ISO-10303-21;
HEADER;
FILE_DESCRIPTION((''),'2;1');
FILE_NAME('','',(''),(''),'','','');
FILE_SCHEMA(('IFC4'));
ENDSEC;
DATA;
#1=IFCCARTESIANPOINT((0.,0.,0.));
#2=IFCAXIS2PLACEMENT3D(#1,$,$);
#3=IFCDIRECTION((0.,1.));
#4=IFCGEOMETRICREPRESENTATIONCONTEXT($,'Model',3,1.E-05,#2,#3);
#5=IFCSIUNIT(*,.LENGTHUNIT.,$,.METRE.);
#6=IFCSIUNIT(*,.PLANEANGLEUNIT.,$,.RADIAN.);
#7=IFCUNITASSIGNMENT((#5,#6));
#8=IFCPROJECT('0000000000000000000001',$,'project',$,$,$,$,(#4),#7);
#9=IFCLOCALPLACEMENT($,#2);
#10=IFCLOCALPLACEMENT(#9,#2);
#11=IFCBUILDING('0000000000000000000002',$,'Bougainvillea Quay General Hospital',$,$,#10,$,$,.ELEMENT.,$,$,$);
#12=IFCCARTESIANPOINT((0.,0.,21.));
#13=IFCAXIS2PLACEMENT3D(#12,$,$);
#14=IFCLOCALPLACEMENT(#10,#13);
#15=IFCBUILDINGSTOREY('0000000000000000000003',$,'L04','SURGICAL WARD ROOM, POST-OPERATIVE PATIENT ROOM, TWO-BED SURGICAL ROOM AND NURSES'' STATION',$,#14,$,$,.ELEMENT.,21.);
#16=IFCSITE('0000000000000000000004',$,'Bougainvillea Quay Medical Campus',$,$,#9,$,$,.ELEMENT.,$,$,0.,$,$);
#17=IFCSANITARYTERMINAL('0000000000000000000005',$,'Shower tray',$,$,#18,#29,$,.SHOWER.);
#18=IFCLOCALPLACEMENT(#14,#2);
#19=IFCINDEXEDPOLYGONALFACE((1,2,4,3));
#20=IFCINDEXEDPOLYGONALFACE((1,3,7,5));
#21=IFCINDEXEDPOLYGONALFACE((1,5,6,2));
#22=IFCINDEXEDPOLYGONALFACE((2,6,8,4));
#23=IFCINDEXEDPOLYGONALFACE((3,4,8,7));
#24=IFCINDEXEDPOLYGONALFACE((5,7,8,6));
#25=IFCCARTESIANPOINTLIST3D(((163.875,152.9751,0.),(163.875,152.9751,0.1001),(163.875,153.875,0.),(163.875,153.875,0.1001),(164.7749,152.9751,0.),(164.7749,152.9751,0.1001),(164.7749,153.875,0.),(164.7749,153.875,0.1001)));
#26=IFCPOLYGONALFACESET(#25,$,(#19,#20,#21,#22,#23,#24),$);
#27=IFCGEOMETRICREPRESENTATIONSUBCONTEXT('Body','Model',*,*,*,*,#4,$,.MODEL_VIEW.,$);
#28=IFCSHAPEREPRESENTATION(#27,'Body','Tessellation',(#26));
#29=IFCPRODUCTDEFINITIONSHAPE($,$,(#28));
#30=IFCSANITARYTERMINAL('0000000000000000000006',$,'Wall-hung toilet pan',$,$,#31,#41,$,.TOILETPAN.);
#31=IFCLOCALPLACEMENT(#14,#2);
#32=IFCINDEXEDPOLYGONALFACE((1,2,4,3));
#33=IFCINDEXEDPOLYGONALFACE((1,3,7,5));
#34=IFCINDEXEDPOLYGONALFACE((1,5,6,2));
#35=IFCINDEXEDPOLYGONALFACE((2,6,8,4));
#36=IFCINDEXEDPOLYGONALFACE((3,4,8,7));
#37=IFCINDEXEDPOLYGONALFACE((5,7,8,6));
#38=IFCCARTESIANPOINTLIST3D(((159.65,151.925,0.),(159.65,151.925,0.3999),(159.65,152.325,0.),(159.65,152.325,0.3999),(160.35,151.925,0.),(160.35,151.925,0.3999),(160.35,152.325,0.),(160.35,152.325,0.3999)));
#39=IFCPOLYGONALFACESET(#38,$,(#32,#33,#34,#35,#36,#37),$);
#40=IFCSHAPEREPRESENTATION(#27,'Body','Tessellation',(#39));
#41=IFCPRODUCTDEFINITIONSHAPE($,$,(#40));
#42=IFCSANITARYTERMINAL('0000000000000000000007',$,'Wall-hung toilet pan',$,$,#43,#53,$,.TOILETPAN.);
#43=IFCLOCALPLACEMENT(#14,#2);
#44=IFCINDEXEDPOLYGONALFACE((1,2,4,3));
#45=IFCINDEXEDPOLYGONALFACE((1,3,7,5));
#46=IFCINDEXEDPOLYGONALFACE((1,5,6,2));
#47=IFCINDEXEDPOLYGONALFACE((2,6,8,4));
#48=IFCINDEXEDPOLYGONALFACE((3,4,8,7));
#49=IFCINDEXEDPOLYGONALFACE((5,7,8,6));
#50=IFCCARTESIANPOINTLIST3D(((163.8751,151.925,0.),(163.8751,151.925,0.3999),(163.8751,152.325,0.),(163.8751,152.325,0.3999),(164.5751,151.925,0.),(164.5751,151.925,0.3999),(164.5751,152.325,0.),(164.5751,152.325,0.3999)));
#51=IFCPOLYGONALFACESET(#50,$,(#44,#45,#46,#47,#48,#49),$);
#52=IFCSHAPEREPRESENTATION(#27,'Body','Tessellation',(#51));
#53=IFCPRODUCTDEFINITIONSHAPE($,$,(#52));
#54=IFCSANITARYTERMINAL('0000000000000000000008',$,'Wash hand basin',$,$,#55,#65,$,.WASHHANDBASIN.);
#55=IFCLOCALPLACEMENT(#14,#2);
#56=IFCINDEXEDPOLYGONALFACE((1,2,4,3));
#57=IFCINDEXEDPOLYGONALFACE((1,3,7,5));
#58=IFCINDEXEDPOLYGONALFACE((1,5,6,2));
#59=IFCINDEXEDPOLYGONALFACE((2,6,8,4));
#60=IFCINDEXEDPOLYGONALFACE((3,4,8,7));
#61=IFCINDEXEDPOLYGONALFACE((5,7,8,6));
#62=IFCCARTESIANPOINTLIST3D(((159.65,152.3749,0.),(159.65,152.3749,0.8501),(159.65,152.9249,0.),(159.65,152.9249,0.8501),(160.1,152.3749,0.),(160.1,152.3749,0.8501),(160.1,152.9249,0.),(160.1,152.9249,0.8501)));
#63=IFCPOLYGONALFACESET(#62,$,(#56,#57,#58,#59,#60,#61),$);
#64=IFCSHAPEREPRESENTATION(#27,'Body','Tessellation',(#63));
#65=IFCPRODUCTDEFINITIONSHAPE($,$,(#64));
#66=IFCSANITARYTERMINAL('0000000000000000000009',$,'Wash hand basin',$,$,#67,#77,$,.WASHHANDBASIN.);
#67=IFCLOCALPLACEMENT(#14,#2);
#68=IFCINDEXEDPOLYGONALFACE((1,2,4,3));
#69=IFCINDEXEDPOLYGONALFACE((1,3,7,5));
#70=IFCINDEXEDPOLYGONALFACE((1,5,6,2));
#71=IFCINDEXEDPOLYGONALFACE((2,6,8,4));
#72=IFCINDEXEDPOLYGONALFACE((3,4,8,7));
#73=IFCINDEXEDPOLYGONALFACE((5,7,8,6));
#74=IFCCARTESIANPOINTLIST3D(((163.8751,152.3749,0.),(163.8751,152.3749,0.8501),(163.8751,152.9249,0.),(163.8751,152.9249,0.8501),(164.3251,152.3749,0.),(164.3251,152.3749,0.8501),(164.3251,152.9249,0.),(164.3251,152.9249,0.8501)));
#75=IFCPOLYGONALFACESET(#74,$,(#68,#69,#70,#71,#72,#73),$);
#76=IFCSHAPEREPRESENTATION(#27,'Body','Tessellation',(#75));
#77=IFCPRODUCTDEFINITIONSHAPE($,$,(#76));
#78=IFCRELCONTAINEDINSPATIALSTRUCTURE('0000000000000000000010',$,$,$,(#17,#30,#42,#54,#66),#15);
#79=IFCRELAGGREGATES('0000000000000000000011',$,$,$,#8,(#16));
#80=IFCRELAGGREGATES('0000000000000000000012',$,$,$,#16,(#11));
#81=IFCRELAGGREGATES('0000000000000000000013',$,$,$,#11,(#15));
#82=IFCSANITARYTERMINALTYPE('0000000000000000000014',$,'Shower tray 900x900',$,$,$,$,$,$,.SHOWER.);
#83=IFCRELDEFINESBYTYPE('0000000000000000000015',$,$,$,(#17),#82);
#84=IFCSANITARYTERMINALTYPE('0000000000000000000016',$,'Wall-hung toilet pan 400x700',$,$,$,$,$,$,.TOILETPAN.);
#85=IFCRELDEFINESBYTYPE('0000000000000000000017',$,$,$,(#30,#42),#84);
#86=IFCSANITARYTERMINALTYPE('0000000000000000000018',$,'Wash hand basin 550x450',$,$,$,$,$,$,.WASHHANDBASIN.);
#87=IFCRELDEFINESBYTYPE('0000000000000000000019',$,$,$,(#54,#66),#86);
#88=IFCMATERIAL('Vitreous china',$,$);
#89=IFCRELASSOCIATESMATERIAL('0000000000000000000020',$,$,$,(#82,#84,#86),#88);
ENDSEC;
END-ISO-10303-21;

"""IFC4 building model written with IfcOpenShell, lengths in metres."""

from ifc_helpers import new_model, si_unit, direction, frame, origin, origin_2d, place, context, subcontext, project, spatial, rectangle, extrude, material, type_object, element, save


model = new_model("IFC4")

# Units and contexts
model_context = context("Model", 3, precision=1e-05, world=origin(), true_north=direction((0.0, 1.0)))
body_context = subcontext(model_context, "Body", "Model", "MODEL_VIEW")
ifc_project = project(units=[si_unit("LENGTHUNIT", "METRE"), si_unit("PLANEANGLEUNIT", "RADIAN")], contexts=[model_context])

# Site, building, storey
site_placement = place(None, origin())
site = spatial("IfcSite", under=ifc_project, at=site_placement, Name="Bougainvillea Quay Medical Campus", CompositionType="ELEMENT", RefElevation=0.0)
building_placement = place(site_placement, origin())
building = spatial("IfcBuilding", under=site, at=building_placement, Name="Bougainvillea Quay General Hospital", CompositionType="ELEMENT")
storey_placement = place(building_placement, frame((0.0, 0.0, 21.0)))
storey = spatial("IfcBuildingStorey", under=building, at=storey_placement, Name="L04", Description="SURGICAL WARD ROOM, POST-OPERATIVE PATIENT ROOM, TWO-BED SURGICAL ROOM AND NURSES' STATION", CompositionType="ELEMENT", Elevation=21.0)

# Sanitary terminals
ifc_material_1 = material(Name="Vitreous china")
sanitary_terminal_type_1 = type_object("IfcSanitaryTerminalType", Name="Shower tray 900x900", PredefinedType="SHOWER", material=ifc_material_1)
for number, where, z_axis, x_axis, name in (
    (1, (164.325, 153.425, 0.0), (0.0, 0.0, 1.0), (0.0, 1.0, 0.0), "Shower tray"),
):
    element("IfcSanitaryTerminal", number, at=place(storey_placement, frame(where, z_axis=z_axis, x_axis=x_axis)), inside=storey, type_object=sanitary_terminal_type_1, Name=name, PredefinedType="SHOWER", context=body_context, shape_type="SweptSolid", body=[
        extrude(rectangle(XDim=0.8999, YDim=0.8999, at=origin_2d()), origin(), (0.0, 0.0, 1.0), 0.1001),
    ])
sanitary_terminal_type_2 = type_object("IfcSanitaryTerminalType", Name="Wall-hung toilet pan 400x700", PredefinedType="TOILETPAN", material=ifc_material_1)
for number, where, z_axis, x_axis, name in (
    (2, (160.0, 152.125, 0.0), (0.0, 0.0, 1.0), (0.0, 1.0, 0.0), "Wall-hung toilet pan"),
    (3, (164.2251, 152.125, 0.0), (0.0, 0.0, 1.0), (0.0, 1.0, 0.0), "Wall-hung toilet pan"),
):
    element("IfcSanitaryTerminal", number, at=place(storey_placement, frame(where, z_axis=z_axis, x_axis=x_axis)), inside=storey, type_object=sanitary_terminal_type_2, Name=name, PredefinedType="TOILETPAN", context=body_context, shape_type="SweptSolid", body=[
        extrude(rectangle(XDim=0.3999, YDim=0.7, at=origin_2d()), origin(), (0.0, 0.0, 1.0), 0.3999),
    ])
sanitary_terminal_type_3 = type_object("IfcSanitaryTerminalType", Name="Wash hand basin 550x450", PredefinedType="WASHHANDBASIN", material=ifc_material_1)
for number, where, z_axis, x_axis, name in (
    (4, (159.875, 152.6499, 0.0), (0.0, 0.0, 1.0), (0.0, 1.0, 0.0), "Wash hand basin"),
    (5, (164.1001, 152.6499, 0.0), (0.0, 0.0, 1.0), (0.0, 1.0, 0.0), "Wash hand basin"),
):
    element("IfcSanitaryTerminal", number, at=place(storey_placement, frame(where, z_axis=z_axis, x_axis=x_axis)), inside=storey, type_object=sanitary_terminal_type_3, Name=name, PredefinedType="WASHHANDBASIN", context=body_context, shape_type="SweptSolid", body=[
        extrude(rectangle(XDim=0.55, YDim=0.45, at=origin_2d()), origin(), (0.0, 0.0, 1.0), 0.8501),
    ])

save(model, "model.ifc")
